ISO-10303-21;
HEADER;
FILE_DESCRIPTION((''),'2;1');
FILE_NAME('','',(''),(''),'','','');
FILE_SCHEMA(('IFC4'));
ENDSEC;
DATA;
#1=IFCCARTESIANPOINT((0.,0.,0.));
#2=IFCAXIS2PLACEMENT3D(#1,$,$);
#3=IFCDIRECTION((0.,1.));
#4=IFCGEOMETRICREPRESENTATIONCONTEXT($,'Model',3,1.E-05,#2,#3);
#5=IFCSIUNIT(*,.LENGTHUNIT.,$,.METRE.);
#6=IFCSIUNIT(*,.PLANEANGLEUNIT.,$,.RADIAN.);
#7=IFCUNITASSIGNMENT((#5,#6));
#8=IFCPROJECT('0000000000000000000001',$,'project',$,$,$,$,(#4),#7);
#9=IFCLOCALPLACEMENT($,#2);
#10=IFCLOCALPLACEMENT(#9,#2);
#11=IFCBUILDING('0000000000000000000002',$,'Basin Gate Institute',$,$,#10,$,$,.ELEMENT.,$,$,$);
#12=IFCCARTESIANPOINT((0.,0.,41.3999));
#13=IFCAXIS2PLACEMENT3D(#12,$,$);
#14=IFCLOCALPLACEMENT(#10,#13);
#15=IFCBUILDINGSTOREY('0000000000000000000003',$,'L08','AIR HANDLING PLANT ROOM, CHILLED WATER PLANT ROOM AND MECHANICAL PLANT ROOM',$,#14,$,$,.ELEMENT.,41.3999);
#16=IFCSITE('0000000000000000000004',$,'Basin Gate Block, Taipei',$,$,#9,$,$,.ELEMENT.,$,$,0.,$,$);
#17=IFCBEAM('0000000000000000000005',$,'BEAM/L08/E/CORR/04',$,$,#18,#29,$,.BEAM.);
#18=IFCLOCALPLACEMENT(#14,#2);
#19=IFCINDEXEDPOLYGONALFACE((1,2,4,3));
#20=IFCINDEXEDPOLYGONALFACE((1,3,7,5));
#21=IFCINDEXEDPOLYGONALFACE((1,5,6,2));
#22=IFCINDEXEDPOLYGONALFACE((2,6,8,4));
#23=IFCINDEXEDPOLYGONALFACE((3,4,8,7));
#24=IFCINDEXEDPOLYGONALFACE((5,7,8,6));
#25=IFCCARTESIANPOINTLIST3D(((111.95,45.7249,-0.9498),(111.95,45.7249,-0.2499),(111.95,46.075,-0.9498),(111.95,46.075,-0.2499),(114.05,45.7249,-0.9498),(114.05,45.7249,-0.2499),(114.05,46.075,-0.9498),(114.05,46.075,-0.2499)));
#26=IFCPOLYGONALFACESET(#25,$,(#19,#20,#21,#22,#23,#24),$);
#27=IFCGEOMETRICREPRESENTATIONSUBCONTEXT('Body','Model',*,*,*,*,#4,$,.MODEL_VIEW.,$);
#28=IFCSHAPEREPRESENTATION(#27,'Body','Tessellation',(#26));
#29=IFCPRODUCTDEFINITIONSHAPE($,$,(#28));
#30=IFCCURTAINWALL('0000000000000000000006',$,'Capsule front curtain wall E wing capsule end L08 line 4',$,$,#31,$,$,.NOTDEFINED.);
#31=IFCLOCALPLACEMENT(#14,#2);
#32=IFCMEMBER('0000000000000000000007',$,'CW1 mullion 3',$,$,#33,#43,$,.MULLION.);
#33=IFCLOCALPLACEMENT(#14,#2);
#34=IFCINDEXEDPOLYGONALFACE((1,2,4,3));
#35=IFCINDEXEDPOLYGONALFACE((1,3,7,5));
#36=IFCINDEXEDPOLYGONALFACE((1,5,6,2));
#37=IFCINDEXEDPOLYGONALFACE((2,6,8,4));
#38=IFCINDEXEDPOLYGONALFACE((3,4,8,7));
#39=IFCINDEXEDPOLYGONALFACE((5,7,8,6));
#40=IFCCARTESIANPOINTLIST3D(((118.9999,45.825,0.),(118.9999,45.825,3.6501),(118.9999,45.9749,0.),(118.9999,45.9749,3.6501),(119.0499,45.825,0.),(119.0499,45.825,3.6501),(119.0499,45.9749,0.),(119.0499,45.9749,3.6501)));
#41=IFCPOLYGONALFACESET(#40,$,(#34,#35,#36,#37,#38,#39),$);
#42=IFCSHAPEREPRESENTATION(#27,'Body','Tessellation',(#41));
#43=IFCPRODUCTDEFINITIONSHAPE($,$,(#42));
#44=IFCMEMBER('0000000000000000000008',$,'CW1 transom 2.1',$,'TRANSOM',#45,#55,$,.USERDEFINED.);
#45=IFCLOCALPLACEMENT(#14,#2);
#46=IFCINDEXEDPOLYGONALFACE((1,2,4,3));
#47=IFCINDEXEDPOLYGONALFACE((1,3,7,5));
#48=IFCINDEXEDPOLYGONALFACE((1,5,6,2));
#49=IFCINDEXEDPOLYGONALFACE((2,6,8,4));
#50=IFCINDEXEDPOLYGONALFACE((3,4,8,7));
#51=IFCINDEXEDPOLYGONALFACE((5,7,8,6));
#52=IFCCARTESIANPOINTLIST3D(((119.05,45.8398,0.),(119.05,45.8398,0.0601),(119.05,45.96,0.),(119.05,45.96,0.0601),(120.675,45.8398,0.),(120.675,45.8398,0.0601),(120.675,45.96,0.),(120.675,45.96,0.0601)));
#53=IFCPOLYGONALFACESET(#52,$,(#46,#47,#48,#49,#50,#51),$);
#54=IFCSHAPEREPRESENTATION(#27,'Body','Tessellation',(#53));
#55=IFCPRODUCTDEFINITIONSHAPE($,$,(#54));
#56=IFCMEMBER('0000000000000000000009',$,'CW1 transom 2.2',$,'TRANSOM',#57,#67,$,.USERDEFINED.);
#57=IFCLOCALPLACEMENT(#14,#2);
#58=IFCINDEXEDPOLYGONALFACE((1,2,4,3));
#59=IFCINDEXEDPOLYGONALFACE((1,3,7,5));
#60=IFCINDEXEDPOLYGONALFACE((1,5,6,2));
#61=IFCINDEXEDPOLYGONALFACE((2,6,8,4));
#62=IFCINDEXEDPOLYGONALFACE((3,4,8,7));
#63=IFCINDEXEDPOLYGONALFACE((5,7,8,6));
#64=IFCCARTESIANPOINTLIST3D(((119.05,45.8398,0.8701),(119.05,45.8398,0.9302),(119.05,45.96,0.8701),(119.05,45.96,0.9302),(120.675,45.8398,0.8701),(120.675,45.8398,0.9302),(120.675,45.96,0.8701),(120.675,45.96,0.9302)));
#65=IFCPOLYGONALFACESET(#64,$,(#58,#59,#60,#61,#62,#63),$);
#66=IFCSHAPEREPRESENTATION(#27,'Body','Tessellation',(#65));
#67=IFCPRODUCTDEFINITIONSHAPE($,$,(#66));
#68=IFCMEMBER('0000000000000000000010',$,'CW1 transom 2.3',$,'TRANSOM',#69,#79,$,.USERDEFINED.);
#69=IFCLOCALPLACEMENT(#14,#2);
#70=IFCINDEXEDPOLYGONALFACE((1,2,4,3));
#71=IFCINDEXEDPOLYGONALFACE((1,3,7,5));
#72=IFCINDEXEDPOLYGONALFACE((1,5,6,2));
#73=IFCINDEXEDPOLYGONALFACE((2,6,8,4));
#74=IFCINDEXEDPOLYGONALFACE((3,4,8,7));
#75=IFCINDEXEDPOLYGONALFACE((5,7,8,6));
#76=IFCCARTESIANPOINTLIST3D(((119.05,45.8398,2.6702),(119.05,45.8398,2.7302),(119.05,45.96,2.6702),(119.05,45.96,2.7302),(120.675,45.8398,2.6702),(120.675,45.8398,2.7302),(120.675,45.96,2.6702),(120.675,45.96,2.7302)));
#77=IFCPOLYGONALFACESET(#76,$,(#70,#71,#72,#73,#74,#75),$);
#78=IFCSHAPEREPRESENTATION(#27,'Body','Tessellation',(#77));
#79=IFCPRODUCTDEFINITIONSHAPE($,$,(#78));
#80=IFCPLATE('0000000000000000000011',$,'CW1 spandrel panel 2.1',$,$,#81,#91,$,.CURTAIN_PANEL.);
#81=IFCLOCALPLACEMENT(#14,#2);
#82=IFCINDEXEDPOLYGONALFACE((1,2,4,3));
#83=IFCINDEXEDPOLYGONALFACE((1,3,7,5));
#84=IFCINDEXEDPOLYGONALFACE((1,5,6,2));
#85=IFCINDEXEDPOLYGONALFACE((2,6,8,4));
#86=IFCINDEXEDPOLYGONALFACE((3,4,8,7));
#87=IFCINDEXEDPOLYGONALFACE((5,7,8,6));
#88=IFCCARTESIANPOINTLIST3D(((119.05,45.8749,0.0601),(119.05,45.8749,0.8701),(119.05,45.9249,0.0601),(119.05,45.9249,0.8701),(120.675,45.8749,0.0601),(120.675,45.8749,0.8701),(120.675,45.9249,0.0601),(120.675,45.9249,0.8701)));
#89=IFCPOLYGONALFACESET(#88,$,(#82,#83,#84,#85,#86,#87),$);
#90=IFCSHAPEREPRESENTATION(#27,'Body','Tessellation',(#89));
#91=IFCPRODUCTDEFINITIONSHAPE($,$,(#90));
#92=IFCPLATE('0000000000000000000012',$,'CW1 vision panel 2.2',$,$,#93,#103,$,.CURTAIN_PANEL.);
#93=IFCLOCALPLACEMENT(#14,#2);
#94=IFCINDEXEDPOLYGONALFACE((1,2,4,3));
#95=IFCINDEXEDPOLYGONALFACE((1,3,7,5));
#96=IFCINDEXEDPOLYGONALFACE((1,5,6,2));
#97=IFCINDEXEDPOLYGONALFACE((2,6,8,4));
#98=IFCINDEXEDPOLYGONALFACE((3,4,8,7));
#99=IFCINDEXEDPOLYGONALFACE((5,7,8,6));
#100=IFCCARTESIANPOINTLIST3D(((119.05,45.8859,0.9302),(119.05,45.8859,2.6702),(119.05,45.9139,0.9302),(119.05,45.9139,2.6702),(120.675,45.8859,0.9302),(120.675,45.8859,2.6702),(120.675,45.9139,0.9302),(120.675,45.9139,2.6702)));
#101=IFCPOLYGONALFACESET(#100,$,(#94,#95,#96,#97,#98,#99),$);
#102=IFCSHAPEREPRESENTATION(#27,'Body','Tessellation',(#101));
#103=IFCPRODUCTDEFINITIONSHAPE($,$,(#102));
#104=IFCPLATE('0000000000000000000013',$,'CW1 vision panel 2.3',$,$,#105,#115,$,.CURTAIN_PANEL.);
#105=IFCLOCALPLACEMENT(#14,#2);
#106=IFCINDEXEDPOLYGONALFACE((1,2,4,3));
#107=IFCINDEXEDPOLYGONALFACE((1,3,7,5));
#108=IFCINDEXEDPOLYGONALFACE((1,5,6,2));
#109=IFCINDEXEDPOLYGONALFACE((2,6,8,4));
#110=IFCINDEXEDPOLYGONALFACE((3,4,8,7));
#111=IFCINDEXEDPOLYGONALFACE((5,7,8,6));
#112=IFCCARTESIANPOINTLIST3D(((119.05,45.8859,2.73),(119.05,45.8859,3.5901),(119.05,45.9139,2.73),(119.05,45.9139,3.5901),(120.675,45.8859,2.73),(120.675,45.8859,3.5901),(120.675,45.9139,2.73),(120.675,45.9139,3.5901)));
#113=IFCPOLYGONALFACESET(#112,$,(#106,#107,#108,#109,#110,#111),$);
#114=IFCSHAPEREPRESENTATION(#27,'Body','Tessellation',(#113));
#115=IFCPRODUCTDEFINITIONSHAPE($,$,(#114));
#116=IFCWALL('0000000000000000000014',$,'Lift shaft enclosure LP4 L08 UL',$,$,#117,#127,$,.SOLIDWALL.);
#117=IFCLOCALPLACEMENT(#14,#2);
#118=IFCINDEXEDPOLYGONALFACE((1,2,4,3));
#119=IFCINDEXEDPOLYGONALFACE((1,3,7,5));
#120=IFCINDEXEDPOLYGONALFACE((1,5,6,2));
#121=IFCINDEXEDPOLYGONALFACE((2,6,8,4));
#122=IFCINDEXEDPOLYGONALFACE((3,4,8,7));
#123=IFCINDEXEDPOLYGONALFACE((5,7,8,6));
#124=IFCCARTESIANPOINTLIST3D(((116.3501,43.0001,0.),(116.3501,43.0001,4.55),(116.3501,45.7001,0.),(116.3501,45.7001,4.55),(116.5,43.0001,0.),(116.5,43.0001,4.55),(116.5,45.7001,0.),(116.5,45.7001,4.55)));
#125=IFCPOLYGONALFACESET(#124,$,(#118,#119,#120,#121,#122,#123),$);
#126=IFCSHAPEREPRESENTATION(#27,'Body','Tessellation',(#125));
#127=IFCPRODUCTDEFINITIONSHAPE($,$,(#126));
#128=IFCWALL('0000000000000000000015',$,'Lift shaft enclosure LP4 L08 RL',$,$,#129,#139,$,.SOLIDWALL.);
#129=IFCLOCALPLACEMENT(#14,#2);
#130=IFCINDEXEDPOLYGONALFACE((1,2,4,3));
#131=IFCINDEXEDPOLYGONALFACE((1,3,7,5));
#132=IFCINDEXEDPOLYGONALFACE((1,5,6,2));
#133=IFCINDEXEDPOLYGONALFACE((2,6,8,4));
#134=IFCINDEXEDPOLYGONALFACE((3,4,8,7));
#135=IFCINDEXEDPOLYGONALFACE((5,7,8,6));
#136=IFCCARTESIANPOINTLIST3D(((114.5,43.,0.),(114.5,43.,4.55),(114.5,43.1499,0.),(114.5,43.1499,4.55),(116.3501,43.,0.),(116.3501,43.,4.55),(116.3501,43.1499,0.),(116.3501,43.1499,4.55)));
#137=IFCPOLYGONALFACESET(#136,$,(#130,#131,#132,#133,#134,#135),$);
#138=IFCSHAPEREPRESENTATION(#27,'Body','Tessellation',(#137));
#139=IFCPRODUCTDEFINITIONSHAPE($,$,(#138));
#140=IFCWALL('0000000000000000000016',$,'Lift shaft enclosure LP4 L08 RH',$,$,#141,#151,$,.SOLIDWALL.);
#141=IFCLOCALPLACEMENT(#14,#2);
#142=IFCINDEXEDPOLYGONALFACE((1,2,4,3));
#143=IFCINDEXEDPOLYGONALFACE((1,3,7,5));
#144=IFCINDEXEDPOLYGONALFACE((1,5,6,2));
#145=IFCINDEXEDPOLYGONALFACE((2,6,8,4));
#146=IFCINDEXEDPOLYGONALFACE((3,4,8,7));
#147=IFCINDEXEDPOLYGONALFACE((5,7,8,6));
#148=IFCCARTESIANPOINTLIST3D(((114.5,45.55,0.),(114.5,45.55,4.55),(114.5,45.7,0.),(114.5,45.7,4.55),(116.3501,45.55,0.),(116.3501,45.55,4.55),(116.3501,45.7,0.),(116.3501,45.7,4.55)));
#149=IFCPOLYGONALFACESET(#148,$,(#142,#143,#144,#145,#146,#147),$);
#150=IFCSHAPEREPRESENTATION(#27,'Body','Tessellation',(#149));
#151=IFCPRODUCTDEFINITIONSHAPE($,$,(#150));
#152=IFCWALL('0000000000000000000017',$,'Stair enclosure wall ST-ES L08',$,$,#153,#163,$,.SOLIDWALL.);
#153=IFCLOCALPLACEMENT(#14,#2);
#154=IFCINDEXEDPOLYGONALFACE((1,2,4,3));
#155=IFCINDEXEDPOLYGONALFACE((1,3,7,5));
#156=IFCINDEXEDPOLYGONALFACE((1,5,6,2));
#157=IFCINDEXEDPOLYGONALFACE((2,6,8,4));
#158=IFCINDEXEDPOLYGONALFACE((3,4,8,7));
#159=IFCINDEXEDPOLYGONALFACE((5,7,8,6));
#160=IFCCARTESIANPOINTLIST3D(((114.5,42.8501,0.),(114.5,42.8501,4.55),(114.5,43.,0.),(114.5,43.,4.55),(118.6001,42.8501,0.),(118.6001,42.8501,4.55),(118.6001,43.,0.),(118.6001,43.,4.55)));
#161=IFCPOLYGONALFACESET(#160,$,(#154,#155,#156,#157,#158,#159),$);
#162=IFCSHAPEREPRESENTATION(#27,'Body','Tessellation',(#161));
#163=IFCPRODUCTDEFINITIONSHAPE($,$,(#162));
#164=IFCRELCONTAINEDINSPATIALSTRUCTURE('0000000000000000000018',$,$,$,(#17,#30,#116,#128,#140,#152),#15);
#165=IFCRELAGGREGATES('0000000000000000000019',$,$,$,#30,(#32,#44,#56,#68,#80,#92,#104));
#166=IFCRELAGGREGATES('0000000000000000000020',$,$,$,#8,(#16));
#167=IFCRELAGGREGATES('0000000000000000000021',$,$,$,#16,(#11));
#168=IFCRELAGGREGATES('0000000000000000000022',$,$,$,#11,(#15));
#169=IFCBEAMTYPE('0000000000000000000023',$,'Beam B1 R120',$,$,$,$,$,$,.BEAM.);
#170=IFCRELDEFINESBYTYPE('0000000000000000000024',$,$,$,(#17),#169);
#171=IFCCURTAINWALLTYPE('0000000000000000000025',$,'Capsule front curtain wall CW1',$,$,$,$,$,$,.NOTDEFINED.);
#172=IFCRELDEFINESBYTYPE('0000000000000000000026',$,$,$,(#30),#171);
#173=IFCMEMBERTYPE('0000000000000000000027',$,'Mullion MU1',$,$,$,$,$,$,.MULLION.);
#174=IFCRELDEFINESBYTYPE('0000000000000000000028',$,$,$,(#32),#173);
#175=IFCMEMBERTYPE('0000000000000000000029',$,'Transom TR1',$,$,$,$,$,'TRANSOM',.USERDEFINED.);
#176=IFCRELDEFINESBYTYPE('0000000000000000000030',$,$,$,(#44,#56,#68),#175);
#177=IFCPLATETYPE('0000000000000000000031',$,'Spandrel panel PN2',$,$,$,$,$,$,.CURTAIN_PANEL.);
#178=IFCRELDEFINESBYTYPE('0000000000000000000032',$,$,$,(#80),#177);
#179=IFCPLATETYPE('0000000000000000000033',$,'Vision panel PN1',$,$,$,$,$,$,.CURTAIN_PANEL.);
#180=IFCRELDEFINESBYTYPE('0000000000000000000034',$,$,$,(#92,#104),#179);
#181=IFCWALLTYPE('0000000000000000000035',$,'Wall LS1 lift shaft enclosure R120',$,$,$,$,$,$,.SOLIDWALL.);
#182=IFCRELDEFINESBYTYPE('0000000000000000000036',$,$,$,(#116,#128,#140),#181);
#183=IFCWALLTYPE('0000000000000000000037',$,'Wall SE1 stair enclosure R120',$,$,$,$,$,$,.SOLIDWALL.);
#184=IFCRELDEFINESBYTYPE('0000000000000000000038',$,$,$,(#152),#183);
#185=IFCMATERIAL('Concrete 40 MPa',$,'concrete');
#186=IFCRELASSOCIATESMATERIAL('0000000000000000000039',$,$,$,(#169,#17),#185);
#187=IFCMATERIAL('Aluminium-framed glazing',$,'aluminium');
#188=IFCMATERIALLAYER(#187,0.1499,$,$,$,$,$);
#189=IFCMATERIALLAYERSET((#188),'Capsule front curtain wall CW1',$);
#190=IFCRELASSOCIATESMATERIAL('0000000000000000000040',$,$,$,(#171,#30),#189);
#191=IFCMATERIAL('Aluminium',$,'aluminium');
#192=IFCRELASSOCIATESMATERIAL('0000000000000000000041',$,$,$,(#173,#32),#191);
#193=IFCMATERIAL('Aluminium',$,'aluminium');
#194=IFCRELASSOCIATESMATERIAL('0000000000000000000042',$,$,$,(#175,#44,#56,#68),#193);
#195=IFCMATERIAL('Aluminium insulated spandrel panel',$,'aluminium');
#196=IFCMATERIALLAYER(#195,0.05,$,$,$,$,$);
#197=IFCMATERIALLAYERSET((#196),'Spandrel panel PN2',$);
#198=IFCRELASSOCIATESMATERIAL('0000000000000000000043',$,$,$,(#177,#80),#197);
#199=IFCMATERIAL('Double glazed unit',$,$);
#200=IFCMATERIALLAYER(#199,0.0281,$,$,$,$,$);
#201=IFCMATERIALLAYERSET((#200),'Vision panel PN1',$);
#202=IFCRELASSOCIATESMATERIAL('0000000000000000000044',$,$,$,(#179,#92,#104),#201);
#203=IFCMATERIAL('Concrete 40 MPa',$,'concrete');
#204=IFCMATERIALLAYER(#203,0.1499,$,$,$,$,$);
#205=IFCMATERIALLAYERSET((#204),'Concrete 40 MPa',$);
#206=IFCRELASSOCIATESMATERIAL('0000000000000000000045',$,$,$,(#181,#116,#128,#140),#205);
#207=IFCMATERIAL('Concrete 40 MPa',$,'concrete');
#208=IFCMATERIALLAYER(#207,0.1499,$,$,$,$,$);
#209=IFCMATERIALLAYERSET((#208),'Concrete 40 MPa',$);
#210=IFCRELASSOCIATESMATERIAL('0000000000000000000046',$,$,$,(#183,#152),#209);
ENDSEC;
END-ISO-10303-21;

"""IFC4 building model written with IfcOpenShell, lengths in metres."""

from ifc_helpers import new_model, si_unit, direction, frame, frame_2d, origin, origin_2d, place, context, subcontext, project, spatial, rectangle, extrude, material, layer, layer_set, material_profile, profile_set, type_object, element, aggregate, save


model = new_model("IFC4")

# Units and contexts
model_context = context("Model", 3, precision=1e-05, world=origin(), true_north=direction((0.0, 1.0)))
body_context = subcontext(model_context, "Body", "Model", "MODEL_VIEW")
ifc_project = project(units=[si_unit("LENGTHUNIT", "METRE"), si_unit("PLANEANGLEUNIT", "RADIAN")], contexts=[model_context])

# Site, building, storey
site_placement = place(None, origin())
site = spatial("IfcSite", under=ifc_project, at=site_placement, Name="Basin Gate Block, Taipei", CompositionType="ELEMENT", RefElevation=0.0)
building_placement = place(site_placement, origin())
building = spatial("IfcBuilding", under=site, at=building_placement, Name="Basin Gate Institute", CompositionType="ELEMENT")
storey_placement = place(building_placement, frame((0.0, 0.0, 41.3999)))
storey = spatial("IfcBuildingStorey", under=building, at=storey_placement, Name="L08", Description="AIR HANDLING PLANT ROOM, CHILLED WATER PLANT ROOM AND MECHANICAL PLANT ROOM", CompositionType="ELEMENT", Elevation=41.3999)

# Beam
ifc_material_1 = material(Name="Concrete 40 MPa", Category="concrete")
ifc_material_profile_1 = material_profile(ifc_material_1, rectangle(XDim=0.3501, YDim=0.7, at=origin_2d()), Name="Beam B1 350 x 700")
ifc_profile_set_1 = profile_set([ifc_material_profile_1], Name="Concrete 40 MPa")
beam_type = type_object("IfcBeamType", Name="Beam B1 R120", PredefinedType="BEAM", material=ifc_profile_set_1)
beam_placement = place(storey_placement, frame((114.05, 45.8999, -0.5999), z_axis=(-1.0, 0.0, 0.0), x_axis=(0.0, -1.0, 0.0)))
element("IfcBeam", 1, at=beam_placement, inside=storey, type_object=beam_type, material=ifc_profile_set_1, Name="BEAM/L08/E/CORR/04", PredefinedType="BEAM", context=body_context, shape_type="SweptSolid", body=[
    extrude(rectangle(XDim=0.3501, YDim=0.7, at=origin_2d()), origin(), (0.0, 0.0, 1.0), 2.1001),
])

# Curtain wall, members, plates
ifc_material_2 = material(Name="Aluminium-framed glazing", Category="aluminium")
ifc_layer_1 = layer(ifc_material_2, 0.1499)
ifc_layer_set_1 = layer_set([ifc_layer_1], Name="Capsule front curtain wall CW1")
curtain_wall_type = type_object("IfcCurtainWallType", Name="Capsule front curtain wall CW1", PredefinedType="NOTDEFINED", material=ifc_layer_set_1)
curtain_wall_placement = place(storey_placement, origin())
curtain_wall = element("IfcCurtainWall", 2, at=curtain_wall_placement, inside=storey, type_object=curtain_wall_type, material=ifc_layer_set_1, Name="Capsule front curtain wall E wing capsule end L08 line 4", PredefinedType="NOTDEFINED")
ifc_material_3 = material(Name="Aluminium", Category="aluminium")
ifc_material_profile_2 = material_profile(ifc_material_3, rectangle(XDim=0.1499, YDim=0.05, at=origin_2d()), Name="Mullion MU1 150 x 50")
ifc_profile_set_2 = profile_set([ifc_material_profile_2], Name="Aluminium")
member_type_1 = type_object("IfcMemberType", Name="Mullion MU1", PredefinedType="MULLION", material=ifc_profile_set_2)
member_1_placement = place(storey_placement, frame((119.0249, 45.8999, 0.0), z_axis=(0.0, 0.0, 1.0), x_axis=(0.0, -1.0, 0.0)))
member_1 = element("IfcMember", 3, at=member_1_placement, type_object=member_type_1, material=ifc_profile_set_2, Name="CW1 mullion 3", PredefinedType="MULLION", context=body_context, shape_type="SweptSolid", body=[
    extrude(rectangle(XDim=0.1499, YDim=0.05, at=origin_2d()), origin(), (0.0, 0.0, 1.0), 3.6501),
])
ifc_material_4 = material(Name="Aluminium", Category="aluminium")
ifc_material_profile_3 = material_profile(ifc_material_4, rectangle(XDim=0.1201, YDim=0.0601, at=origin_2d()), Name="Transom TR1 120 x 60")
ifc_profile_set_3 = profile_set([ifc_material_profile_3], Name="Aluminium")
member_type_2 = type_object("IfcMemberType", Name="Transom TR1", ElementType="TRANSOM", PredefinedType="USERDEFINED", material=ifc_profile_set_3)
member_2_placement = place(storey_placement, frame((120.675, 45.8999, 0.03), z_axis=(-1.0, 0.0, 0.0), x_axis=(0.0, -1.0, 0.0)))
member_2 = element("IfcMember", 4, at=member_2_placement, type_object=member_type_2, material=ifc_profile_set_3, Name="CW1 transom 2.1", ObjectType="TRANSOM", PredefinedType="USERDEFINED", context=body_context, shape_type="SweptSolid", body=[
    extrude(rectangle(XDim=0.1201, YDim=0.0601, at=origin_2d()), origin(), (0.0, 0.0, 1.0), 1.625),
])
member_3_placement = place(storey_placement, frame((120.675, 45.8999, 0.9001), z_axis=(-1.0, 0.0, 0.0), x_axis=(0.0, -1.0, 0.0)))
member_3 = element("IfcMember", 5, at=member_3_placement, type_object=member_type_2, material=ifc_profile_set_3, Name="CW1 transom 2.2", ObjectType="TRANSOM", PredefinedType="USERDEFINED", context=body_context, shape_type="SweptSolid", body=[
    extrude(rectangle(XDim=0.1201, YDim=0.0601, at=origin_2d()), origin(), (0.0, 0.0, 1.0), 1.625),
])
member_4_placement = place(storey_placement, frame((120.675, 45.8999, 2.7002), z_axis=(-1.0, 0.0, 0.0), x_axis=(0.0, -1.0, 0.0)))
member_4 = element("IfcMember", 6, at=member_4_placement, type_object=member_type_2, material=ifc_profile_set_3, Name="CW1 transom 2.3", ObjectType="TRANSOM", PredefinedType="USERDEFINED", context=body_context, shape_type="SweptSolid", body=[
    extrude(rectangle(XDim=0.1201, YDim=0.0601, at=origin_2d()), origin(), (0.0, 0.0, 1.0), 1.625),
])
ifc_material_5 = material(Name="Aluminium insulated spandrel panel", Category="aluminium")
ifc_layer_2 = layer(ifc_material_5, 0.05)
ifc_layer_set_2 = layer_set([ifc_layer_2], Name="Spandrel panel PN2")
plate_type_1 = type_object("IfcPlateType", Name="Spandrel panel PN2", PredefinedType="CURTAIN_PANEL", material=ifc_layer_set_2)
plate_1_placement = place(storey_placement, frame((119.8625, 45.8999, 0.0601), z_axis=(0.0, 0.0, 1.0), x_axis=(-1.0, 0.0, 0.0)))
plate_1 = element("IfcPlate", 7, at=plate_1_placement, type_object=plate_type_1, material=ifc_layer_set_2, Name="CW1 spandrel panel 2.1", PredefinedType="CURTAIN_PANEL", context=body_context, shape_type="SweptSolid", body=[
    extrude(rectangle(XDim=1.625, YDim=0.05, at=origin_2d()), origin(), (0.0, 0.0, 1.0), 0.8101),
])
ifc_material_6 = material(Name="Double glazed unit")
ifc_layer_3 = layer(ifc_material_6, 0.0281)
ifc_layer_set_3 = layer_set([ifc_layer_3], Name="Vision panel PN1")
plate_type_2 = type_object("IfcPlateType", Name="Vision panel PN1", PredefinedType="CURTAIN_PANEL", material=ifc_layer_set_3)
plate_2_placement = place(storey_placement, frame((119.8625, 45.8999, 0.9302), z_axis=(0.0, 0.0, 1.0), x_axis=(-1.0, 0.0, 0.0)))
plate_2 = element("IfcPlate", 8, at=plate_2_placement, type_object=plate_type_2, material=ifc_layer_set_3, Name="CW1 vision panel 2.2", PredefinedType="CURTAIN_PANEL", context=body_context, shape_type="SweptSolid", body=[
    extrude(rectangle(XDim=1.625, YDim=0.0281, at=origin_2d()), origin(), (0.0, 0.0, 1.0), 1.74),
])
plate_3_placement = place(storey_placement, frame((119.8625, 45.8999, 2.73), z_axis=(0.0, 0.0, 1.0), x_axis=(-1.0, 0.0, 0.0)))
plate_3 = element("IfcPlate", 9, at=plate_3_placement, type_object=plate_type_2, material=ifc_layer_set_3, Name="CW1 vision panel 2.3", PredefinedType="CURTAIN_PANEL", context=body_context, shape_type="SweptSolid", body=[
    extrude(rectangle(XDim=1.625, YDim=0.0281, at=origin_2d()), origin(), (0.0, 0.0, 1.0), 0.8601),
])
aggregate(curtain_wall, [member_1, member_2, member_3, member_4, plate_1, plate_2, plate_3])

# Walls
ifc_material_7 = material(Name="Concrete 40 MPa", Category="concrete")
ifc_layer_4 = layer(ifc_material_7, 0.1499)
ifc_layer_set_4 = layer_set([ifc_layer_4], Name="Concrete 40 MPa")
wall_type_1 = type_object("IfcWallType", Name="Wall LS1 lift shaft enclosure R120", PredefinedType="SOLIDWALL", material=ifc_layer_set_4)
wall_1_placement = place(storey_placement, frame((116.425, 43.0, 0.0), z_axis=(0.0, 0.0, 1.0), x_axis=(0.0, 1.0, 0.0)))
element("IfcWall", 10, at=wall_1_placement, inside=storey, type_object=wall_type_1, material=ifc_layer_set_4, Name="Lift shaft enclosure LP4 L08 UL", PredefinedType="SOLIDWALL", context=body_context, shape_type="SweptSolid", body=[
    extrude(rectangle(XDim=2.7, YDim=0.1499, at=frame_2d((1.3501, 0.0))), origin(), (0.0, 0.0, 1.0), 4.55),
])
for number, where, z_axis, x_axis, name in (
    (11, (116.3501, 43.075, 0.0), (0.0, 0.0, 1.0), (-1.0, 0.0, 0.0), "Lift shaft enclosure LP4 L08 RL"),
    (12, (116.3501, 45.625, 0.0), (0.0, 0.0, 1.0), (-1.0, 0.0, 0.0), "Lift shaft enclosure LP4 L08 RH"),
):
    element("IfcWall", number, at=place(storey_placement, frame(where, z_axis=z_axis, x_axis=x_axis)), inside=storey, type_object=wall_type_1, material=ifc_layer_set_4, Name=name, PredefinedType="SOLIDWALL", context=body_context, shape_type="SweptSolid", body=[
        extrude(rectangle(XDim=1.8501, YDim=0.1499, at=frame_2d((0.925, 0.0))), origin(), (0.0, 0.0, 1.0), 4.55),
    ])
ifc_material_8 = material(Name="Concrete 40 MPa", Category="concrete")
ifc_layer_5 = layer(ifc_material_8, 0.1499)
ifc_layer_set_5 = layer_set([ifc_layer_5], Name="Concrete 40 MPa")
wall_type_2 = type_object("IfcWallType", Name="Wall SE1 stair enclosure R120", PredefinedType="SOLIDWALL", material=ifc_layer_set_5)
wall_2_placement = place(storey_placement, frame((118.6001, 42.925, 0.0), z_axis=(0.0, 0.0, 1.0), x_axis=(-1.0, 0.0, 0.0)))
element("IfcWall", 13, at=wall_2_placement, inside=storey, type_object=wall_type_2, material=ifc_layer_set_5, Name="Stair enclosure wall ST-ES L08", PredefinedType="SOLIDWALL", context=body_context, shape_type="SweptSolid", body=[
    extrude(rectangle(XDim=4.1001, YDim=0.1499, at=frame_2d((2.05, 0.0))), origin(), (0.0, 0.0, 1.0), 4.55),
])

save(model, "model.ifc")
